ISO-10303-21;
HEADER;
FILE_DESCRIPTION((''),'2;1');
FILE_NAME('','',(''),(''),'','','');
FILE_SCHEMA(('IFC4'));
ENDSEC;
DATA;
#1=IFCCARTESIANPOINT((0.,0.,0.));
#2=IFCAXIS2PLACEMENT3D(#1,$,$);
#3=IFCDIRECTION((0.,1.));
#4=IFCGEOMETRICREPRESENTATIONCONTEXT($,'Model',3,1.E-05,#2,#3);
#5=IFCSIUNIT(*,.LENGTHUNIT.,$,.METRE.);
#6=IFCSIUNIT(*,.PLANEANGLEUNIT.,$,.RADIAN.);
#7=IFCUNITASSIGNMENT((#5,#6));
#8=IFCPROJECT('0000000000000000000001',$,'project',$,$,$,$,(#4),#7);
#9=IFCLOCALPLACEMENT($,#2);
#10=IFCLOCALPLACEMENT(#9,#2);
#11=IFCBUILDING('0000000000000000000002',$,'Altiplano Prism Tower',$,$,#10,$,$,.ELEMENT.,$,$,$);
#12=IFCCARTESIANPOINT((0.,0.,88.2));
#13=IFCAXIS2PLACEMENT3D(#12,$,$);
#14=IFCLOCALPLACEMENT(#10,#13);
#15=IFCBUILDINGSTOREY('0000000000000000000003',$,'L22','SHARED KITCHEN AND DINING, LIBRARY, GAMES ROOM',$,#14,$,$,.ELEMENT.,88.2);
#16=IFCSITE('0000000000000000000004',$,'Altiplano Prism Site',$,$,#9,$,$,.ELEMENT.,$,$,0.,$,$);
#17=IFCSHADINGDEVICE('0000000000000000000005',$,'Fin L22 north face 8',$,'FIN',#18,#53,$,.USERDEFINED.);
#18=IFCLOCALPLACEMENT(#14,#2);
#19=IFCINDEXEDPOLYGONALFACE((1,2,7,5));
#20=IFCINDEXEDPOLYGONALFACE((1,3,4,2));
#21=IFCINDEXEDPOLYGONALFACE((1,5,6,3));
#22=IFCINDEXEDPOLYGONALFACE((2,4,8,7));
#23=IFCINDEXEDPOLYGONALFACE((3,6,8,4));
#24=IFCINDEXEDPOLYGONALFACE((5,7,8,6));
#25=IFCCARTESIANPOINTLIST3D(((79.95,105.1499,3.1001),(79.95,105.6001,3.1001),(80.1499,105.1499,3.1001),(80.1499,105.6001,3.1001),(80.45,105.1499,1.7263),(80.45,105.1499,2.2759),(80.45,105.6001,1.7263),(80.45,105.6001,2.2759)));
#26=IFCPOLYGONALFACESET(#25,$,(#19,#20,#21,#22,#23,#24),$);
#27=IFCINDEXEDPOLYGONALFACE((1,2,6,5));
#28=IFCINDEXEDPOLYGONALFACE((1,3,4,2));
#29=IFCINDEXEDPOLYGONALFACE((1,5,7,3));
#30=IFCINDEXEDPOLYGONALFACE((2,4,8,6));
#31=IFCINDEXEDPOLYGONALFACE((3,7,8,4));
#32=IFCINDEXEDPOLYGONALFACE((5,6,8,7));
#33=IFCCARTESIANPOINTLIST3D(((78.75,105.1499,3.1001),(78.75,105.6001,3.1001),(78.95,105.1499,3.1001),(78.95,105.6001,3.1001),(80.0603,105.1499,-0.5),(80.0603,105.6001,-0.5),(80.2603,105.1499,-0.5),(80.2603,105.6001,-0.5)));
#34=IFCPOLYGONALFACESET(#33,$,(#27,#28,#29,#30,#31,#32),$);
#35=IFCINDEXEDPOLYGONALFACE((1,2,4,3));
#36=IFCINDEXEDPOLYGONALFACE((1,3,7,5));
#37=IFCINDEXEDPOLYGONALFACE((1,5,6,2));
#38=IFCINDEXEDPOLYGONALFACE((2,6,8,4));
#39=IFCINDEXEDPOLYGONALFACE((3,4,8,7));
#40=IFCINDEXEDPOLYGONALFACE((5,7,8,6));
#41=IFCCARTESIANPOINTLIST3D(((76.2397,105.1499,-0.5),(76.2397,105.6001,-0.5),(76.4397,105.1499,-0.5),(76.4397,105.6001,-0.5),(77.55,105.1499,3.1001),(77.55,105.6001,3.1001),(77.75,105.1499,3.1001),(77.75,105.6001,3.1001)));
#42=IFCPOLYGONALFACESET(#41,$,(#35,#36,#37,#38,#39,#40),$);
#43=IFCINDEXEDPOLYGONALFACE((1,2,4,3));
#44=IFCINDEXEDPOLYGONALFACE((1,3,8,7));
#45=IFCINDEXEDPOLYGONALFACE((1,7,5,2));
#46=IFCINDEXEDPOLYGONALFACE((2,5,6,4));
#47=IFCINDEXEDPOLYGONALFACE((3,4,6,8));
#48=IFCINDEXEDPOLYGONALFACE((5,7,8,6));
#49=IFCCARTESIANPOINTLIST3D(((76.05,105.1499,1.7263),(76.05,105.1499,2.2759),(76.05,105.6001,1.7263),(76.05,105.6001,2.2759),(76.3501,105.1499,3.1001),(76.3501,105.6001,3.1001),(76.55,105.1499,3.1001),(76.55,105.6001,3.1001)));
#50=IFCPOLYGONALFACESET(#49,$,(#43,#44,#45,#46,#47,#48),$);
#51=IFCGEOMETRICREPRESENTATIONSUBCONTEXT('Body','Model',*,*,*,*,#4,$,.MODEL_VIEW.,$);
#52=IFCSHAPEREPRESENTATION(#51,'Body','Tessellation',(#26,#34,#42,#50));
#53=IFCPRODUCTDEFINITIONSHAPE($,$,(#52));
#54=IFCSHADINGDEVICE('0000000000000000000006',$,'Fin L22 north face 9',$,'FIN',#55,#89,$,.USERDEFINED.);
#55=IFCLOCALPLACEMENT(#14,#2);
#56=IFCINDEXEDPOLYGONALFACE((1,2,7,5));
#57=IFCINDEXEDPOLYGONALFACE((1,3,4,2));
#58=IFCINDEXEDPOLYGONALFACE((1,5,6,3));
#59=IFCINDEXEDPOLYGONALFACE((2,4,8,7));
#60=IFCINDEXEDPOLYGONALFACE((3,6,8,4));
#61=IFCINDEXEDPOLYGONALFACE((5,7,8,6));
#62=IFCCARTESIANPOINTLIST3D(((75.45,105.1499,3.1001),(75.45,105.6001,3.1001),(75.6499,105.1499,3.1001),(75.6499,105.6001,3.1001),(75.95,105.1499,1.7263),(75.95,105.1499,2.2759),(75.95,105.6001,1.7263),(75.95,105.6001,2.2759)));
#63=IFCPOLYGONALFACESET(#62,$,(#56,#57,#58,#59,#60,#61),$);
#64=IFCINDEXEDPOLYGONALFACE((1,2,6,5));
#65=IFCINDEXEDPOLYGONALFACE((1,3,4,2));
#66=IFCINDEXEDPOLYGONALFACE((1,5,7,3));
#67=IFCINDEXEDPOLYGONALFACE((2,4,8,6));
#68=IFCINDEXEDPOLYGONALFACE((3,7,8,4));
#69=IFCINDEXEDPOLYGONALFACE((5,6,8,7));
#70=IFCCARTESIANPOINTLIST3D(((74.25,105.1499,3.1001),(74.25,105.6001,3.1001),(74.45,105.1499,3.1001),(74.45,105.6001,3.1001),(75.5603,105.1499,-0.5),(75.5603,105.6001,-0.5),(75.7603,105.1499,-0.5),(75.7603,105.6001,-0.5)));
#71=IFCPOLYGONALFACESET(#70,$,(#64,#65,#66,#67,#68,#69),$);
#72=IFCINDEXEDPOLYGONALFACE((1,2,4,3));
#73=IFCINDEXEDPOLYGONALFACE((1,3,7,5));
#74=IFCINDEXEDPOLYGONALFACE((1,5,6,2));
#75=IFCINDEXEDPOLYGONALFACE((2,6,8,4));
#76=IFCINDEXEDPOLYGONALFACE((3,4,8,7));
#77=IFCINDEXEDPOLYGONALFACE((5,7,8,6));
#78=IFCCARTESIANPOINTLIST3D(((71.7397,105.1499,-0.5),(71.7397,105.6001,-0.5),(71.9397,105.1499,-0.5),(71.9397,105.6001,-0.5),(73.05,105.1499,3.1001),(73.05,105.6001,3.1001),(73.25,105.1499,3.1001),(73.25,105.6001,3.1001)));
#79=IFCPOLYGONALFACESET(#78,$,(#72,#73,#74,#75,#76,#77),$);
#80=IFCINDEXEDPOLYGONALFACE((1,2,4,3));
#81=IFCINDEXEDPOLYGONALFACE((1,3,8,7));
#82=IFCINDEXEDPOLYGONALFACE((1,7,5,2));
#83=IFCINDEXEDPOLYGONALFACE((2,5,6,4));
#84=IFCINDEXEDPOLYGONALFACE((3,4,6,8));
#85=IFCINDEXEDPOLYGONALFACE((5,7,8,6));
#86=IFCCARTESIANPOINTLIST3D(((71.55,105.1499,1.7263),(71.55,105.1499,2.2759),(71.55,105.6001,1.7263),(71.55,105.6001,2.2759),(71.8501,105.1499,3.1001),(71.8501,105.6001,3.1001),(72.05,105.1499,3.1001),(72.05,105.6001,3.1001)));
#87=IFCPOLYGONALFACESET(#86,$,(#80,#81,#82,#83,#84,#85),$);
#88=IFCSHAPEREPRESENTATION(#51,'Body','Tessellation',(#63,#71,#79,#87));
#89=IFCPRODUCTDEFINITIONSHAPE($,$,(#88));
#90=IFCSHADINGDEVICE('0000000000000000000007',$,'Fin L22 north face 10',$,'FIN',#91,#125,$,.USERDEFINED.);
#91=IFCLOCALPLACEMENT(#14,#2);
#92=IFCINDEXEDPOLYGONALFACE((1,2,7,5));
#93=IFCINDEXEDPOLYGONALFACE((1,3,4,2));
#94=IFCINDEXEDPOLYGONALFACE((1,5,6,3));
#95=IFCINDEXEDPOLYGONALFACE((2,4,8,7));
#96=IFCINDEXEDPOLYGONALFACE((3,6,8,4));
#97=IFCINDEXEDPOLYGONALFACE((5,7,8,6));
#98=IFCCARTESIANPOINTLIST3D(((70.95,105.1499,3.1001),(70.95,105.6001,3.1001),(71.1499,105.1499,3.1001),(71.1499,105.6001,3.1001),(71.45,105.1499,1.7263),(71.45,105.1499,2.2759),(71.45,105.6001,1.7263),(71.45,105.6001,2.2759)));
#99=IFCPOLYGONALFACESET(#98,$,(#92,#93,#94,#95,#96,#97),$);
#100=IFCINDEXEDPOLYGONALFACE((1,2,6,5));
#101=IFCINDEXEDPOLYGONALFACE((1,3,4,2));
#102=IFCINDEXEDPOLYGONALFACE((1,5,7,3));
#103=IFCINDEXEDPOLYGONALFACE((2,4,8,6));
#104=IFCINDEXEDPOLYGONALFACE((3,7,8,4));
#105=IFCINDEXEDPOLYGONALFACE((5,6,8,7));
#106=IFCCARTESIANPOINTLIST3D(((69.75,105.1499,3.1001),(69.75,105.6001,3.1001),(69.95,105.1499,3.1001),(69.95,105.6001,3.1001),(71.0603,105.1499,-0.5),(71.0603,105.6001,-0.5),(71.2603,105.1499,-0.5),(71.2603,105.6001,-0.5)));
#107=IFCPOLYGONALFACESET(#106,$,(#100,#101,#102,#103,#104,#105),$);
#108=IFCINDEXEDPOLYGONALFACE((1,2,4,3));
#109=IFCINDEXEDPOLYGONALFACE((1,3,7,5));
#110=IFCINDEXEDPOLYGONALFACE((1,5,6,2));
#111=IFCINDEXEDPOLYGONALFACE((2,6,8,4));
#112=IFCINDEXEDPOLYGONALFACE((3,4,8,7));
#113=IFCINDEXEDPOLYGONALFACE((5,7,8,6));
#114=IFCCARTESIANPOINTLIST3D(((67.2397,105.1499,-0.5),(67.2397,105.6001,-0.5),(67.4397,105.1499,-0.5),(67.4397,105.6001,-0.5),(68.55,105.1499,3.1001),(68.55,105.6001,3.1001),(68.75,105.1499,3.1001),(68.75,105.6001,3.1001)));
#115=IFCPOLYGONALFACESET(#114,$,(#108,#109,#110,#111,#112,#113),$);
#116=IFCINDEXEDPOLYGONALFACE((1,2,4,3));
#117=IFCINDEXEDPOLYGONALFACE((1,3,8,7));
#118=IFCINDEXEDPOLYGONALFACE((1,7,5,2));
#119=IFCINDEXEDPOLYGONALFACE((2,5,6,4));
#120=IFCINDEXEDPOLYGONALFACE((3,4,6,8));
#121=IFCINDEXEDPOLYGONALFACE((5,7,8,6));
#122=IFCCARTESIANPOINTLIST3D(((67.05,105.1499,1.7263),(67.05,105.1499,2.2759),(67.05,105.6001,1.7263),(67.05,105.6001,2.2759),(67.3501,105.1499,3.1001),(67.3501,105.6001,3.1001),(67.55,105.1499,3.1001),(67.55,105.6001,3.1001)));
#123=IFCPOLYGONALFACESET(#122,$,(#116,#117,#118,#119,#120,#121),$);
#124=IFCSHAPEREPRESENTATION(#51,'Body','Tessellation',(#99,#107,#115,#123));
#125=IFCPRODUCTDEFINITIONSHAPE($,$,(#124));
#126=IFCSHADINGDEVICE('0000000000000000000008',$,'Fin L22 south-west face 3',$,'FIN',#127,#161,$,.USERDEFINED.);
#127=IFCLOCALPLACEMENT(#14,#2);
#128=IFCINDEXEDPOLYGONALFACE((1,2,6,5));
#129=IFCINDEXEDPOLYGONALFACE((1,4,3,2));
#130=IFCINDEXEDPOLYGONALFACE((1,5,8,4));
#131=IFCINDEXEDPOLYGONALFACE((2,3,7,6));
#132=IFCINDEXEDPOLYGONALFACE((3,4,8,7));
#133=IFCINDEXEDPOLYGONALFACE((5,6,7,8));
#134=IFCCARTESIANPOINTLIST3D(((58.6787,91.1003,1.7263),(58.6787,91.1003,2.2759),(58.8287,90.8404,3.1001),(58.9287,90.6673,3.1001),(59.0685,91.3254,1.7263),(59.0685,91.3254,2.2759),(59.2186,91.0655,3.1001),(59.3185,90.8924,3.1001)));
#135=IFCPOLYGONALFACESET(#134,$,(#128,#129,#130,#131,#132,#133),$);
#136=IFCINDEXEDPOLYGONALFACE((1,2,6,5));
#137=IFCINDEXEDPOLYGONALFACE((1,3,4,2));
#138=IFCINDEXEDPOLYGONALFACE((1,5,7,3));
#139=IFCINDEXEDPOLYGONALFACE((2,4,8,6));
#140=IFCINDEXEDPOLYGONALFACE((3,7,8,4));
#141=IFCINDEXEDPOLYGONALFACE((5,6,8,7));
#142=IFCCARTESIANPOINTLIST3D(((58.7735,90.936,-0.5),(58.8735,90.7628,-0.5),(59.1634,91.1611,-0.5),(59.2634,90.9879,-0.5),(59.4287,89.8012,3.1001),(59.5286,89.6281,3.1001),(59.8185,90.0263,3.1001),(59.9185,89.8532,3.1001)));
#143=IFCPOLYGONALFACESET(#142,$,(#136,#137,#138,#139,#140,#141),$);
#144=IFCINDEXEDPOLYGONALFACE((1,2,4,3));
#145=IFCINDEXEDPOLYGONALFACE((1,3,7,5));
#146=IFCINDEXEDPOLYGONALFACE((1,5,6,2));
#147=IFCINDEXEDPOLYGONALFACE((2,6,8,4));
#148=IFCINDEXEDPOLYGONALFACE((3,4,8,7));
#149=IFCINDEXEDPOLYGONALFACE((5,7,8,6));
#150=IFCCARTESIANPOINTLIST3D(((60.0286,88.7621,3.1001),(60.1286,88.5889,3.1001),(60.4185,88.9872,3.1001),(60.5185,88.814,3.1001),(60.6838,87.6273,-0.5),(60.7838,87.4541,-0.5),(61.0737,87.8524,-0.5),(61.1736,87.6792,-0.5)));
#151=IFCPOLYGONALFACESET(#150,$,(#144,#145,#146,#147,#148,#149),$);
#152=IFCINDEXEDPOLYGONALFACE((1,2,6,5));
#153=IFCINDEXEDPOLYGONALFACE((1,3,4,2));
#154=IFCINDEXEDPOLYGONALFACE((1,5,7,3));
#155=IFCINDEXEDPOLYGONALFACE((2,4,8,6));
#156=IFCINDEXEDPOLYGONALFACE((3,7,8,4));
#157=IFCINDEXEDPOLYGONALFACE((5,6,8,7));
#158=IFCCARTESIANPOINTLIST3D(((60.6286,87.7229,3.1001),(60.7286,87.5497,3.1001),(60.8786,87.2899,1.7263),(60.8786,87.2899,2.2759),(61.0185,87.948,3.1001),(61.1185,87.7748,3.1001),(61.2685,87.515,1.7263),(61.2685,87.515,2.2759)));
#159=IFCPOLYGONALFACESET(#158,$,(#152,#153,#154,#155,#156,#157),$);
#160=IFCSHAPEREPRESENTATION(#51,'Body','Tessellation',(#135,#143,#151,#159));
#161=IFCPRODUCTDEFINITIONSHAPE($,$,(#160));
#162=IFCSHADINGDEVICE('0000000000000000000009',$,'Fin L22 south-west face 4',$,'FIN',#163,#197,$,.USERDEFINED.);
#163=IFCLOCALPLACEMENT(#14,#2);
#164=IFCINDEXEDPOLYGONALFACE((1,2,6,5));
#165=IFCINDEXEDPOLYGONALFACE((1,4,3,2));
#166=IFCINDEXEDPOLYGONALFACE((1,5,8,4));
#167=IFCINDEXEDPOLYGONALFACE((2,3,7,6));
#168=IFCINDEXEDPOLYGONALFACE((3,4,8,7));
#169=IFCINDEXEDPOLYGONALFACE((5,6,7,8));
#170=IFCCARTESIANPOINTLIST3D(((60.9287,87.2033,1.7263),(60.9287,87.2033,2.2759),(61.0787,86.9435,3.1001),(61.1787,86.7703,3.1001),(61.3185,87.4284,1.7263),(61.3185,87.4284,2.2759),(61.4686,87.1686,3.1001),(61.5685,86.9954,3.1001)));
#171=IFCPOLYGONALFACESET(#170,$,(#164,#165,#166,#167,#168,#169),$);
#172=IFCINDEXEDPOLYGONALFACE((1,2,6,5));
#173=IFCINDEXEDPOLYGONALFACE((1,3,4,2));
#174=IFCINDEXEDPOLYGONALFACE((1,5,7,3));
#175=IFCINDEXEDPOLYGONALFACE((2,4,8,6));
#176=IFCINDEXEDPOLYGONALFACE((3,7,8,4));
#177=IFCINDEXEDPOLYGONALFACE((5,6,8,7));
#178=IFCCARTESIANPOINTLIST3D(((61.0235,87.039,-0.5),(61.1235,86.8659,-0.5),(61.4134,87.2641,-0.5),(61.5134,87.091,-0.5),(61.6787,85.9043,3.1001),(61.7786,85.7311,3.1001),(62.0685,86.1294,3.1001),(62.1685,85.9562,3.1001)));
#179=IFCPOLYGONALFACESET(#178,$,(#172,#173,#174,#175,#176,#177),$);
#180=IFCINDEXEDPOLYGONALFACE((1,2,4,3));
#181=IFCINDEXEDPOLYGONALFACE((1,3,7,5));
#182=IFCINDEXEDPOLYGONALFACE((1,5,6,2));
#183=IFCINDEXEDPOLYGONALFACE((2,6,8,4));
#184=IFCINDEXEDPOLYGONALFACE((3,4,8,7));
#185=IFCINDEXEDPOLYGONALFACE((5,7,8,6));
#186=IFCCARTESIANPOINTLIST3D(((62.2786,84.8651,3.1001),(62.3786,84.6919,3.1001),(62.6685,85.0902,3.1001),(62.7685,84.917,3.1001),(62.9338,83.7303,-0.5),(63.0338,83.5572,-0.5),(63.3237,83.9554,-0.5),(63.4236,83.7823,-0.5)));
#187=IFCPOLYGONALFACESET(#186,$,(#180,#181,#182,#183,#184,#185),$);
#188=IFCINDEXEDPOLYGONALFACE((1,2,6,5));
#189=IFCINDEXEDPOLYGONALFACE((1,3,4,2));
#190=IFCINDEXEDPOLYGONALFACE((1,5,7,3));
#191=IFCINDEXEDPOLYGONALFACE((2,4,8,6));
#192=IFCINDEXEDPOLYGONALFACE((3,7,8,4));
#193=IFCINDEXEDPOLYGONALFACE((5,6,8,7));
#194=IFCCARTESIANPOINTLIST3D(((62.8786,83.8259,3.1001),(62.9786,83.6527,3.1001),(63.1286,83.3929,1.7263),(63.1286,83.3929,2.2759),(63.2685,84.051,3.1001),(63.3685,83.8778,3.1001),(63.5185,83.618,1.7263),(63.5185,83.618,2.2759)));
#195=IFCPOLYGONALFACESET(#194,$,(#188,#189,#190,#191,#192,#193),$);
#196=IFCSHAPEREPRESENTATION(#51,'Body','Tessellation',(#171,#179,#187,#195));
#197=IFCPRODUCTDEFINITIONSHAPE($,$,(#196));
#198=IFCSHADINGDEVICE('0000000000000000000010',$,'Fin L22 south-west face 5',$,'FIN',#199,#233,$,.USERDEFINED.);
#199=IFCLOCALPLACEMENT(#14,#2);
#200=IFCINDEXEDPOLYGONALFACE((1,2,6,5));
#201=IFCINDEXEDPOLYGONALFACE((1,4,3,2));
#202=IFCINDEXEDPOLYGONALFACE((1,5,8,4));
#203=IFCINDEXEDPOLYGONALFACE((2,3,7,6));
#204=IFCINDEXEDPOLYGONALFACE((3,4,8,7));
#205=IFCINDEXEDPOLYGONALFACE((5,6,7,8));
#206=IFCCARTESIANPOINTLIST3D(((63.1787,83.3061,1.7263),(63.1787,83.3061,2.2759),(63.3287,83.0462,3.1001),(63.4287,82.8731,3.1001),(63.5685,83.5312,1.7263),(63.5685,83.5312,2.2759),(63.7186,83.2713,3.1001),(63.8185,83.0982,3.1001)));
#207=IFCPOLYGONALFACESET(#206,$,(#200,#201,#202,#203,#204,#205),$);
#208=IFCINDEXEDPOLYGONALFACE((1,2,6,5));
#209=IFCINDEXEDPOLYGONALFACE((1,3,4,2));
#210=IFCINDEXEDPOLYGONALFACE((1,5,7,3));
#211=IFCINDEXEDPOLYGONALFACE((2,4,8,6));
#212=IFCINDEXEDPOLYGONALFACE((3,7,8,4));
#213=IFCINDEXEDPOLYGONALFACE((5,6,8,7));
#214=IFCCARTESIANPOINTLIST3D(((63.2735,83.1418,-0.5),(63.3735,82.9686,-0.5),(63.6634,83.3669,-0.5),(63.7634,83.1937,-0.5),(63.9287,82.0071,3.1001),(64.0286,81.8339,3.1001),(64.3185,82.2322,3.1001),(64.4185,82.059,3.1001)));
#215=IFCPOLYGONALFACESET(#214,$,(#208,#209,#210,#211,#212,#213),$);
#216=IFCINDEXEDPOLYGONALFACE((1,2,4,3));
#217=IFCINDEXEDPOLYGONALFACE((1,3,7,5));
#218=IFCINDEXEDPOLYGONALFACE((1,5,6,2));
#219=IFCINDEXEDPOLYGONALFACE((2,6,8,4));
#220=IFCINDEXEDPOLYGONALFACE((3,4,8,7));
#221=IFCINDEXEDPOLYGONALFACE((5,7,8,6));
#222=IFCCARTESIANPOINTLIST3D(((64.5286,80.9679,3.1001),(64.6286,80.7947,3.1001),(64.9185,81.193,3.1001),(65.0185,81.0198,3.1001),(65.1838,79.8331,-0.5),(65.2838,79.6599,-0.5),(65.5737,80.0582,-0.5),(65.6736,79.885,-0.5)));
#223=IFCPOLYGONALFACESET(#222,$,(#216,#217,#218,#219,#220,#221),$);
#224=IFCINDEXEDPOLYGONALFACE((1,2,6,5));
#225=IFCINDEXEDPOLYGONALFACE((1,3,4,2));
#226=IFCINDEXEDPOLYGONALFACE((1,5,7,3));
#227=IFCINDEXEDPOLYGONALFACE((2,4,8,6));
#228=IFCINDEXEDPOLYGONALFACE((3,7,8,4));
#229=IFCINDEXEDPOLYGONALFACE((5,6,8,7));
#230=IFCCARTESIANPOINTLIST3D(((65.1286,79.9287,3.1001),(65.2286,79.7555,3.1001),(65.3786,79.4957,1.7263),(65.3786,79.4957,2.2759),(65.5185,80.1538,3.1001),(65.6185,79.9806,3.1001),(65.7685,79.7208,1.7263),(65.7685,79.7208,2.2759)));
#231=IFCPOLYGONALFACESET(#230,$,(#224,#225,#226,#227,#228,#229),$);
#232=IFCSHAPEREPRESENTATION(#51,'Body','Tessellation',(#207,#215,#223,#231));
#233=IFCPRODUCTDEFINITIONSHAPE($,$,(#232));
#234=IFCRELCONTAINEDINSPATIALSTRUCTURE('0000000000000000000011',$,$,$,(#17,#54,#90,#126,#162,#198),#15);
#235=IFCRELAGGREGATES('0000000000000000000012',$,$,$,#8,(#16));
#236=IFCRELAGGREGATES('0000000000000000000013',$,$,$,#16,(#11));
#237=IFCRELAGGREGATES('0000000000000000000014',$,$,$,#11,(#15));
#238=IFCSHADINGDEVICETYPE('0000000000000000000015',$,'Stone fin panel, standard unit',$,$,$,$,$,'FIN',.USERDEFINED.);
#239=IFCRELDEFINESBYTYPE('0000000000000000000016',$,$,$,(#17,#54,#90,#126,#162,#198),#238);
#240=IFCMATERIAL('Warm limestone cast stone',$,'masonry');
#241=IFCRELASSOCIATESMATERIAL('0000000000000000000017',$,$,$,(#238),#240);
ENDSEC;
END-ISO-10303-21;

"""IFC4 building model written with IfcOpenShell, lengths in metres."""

from ifc_helpers import new_model, si_unit, direction, frame, origin, place, context, subcontext, project, spatial, polyline, outline, extrude, source, transform, mapped, material, type_object, element, save


model = new_model("IFC4")

# Units and contexts
model_context = context("Model", 3, precision=1e-05, world=origin(), true_north=direction((0.0, 1.0)))
body_context = subcontext(model_context, "Body", "Model", "MODEL_VIEW")
ifc_project = project(units=[si_unit("LENGTHUNIT", "METRE"), si_unit("PLANEANGLEUNIT", "RADIAN")], contexts=[model_context])

# Site, building, storey
site_placement = place(None, origin())
site = spatial("IfcSite", under=ifc_project, at=site_placement, Name="Altiplano Prism Site", CompositionType="ELEMENT", RefElevation=0.0)
building_placement = place(site_placement, origin())
building = spatial("IfcBuilding", under=site, at=building_placement, Name="Altiplano Prism Tower", CompositionType="ELEMENT")
storey_placement = place(building_placement, frame((0.0, 0.0, 88.2)))
storey = spatial("IfcBuildingStorey", under=building, at=storey_placement, Name="L22", Description="SHARED KITCHEN AND DINING, LIBRARY, GAMES ROOM", CompositionType="ELEMENT", Elevation=88.2)

# Shading devices
ifc_material_1 = material(Name="Warm limestone cast stone", Category="masonry")
shading_device_type_1 = type_object("IfcShadingDeviceType", Name="Stone fin panel, standard unit", ElementType="FIN", PredefinedType="USERDEFINED", material=ifc_material_1)
shared_shape_1 = source(origin(), body_context, "Body", "SweptSolid", [
    extrude(outline(polyline([(-2.2, 2.2263), (-1.7, 3.6001), (-1.8999, 3.6001), (-2.2, 2.7759), (-2.2, 2.2263)])), frame((0.0, -0.1499, 0.0), z_axis=(0.0, -1.0, 0.0), x_axis=(1.0, 0.0, 0.0)), (0.0, 0.0, 1.0), 0.4502),
    extrude(outline(polyline([(-2.0103, 0.0), (-1.8103, 0.0), (-0.5, 3.6001), (-0.7, 3.6001), (-2.0103, 0.0)])), frame((0.0, -0.1499, 0.0), z_axis=(0.0, -1.0, 0.0), x_axis=(1.0, 0.0, 0.0)), (0.0, 0.0, 1.0), 0.4502),
    extrude(outline(polyline([(1.8103, 0.0), (2.0103, 0.0), (0.7, 3.6001), (0.5, 3.6001), (1.8103, 0.0)])), frame((0.0, -0.1499, 0.0), z_axis=(0.0, -1.0, 0.0), x_axis=(1.0, 0.0, 0.0)), (0.0, 0.0, 1.0), 0.4502),
    extrude(outline(polyline([(2.2, 2.7759), (1.8999, 3.6001), (1.7, 3.6001), (2.2, 2.2263), (2.2, 2.7759)])), frame((0.0, -0.1499, 0.0), z_axis=(0.0, -1.0, 0.0), x_axis=(1.0, 0.0, 0.0)), (0.0, 0.0, 1.0), 0.4502),
])
shading_device_1_placement = place(storey_placement, origin())
element("IfcShadingDevice", 1, at=shading_device_1_placement, inside=storey, type_object=shading_device_type_1, Name="Fin L22 north face 8", ObjectType="FIN", PredefinedType="USERDEFINED", context=body_context, shape_type="MappedRepresentation", body=[
    mapped(shared_shape_1, transform((78.25, 105.0, -0.5), x_axis=(-1.0, 0.0, 0.0), y_axis=(0.0, -1.0, 0.0), z_axis=(0.0, 0.0, 1.0))),
])
shading_device_2_placement = place(storey_placement, origin())
element("IfcShadingDevice", 2, at=shading_device_2_placement, inside=storey, type_object=shading_device_type_1, Name="Fin L22 north face 9", ObjectType="FIN", PredefinedType="USERDEFINED", context=body_context, shape_type="MappedRepresentation", body=[
    mapped(shared_shape_1, transform((73.75, 105.0, -0.5), x_axis=(-1.0, 0.0, 0.0), y_axis=(0.0, -1.0, 0.0), z_axis=(0.0, 0.0, 1.0))),
])
shading_device_3_placement = place(storey_placement, origin())
element("IfcShadingDevice", 3, at=shading_device_3_placement, inside=storey, type_object=shading_device_type_1, Name="Fin L22 north face 10", ObjectType="FIN", PredefinedType="USERDEFINED", context=body_context, shape_type="MappedRepresentation", body=[
    mapped(shared_shape_1, transform((69.25, 105.0, -0.5), x_axis=(-1.0, 0.0, 0.0), y_axis=(0.0, -1.0, 0.0), z_axis=(0.0, 0.0, 1.0))),
])
shading_device_4_placement = place(storey_placement, origin())
element("IfcShadingDevice", 4, at=shading_device_4_placement, inside=storey, type_object=shading_device_type_1, Name="Fin L22 south-west face 3", ObjectType="FIN", PredefinedType="USERDEFINED", context=body_context, shape_type="MappedRepresentation", body=[
    mapped(shared_shape_1, transform((60.2983, 89.4951, -0.5), x_axis=(0.5, -0.866025, 0.0), y_axis=(0.866025, 0.5, 0.0), z_axis=(0.0, 0.0, 1.0))),
])
shading_device_5_placement = place(storey_placement, origin())
element("IfcShadingDevice", 5, at=shading_device_5_placement, inside=storey, type_object=shading_device_type_1, Name="Fin L22 south-west face 4", ObjectType="FIN", PredefinedType="USERDEFINED", context=body_context, shape_type="MappedRepresentation", body=[
    mapped(shared_shape_1, transform((62.5483, 85.5981, -0.5), x_axis=(0.5, -0.866025, 0.0), y_axis=(0.866025, 0.5, 0.0), z_axis=(0.0, 0.0, 1.0))),
])
shading_device_6_placement = place(storey_placement, origin())
element("IfcShadingDevice", 6, at=shading_device_6_placement, inside=storey, type_object=shading_device_type_1, Name="Fin L22 south-west face 5", ObjectType="FIN", PredefinedType="USERDEFINED", context=body_context, shape_type="MappedRepresentation", body=[
    mapped(shared_shape_1, transform((64.7983, 81.7009, -0.5), x_axis=(0.5, -0.866025, 0.0), y_axis=(0.866025, 0.5, 0.0), z_axis=(0.0, 0.0, 1.0))),
])

save(model, "model.ifc")
